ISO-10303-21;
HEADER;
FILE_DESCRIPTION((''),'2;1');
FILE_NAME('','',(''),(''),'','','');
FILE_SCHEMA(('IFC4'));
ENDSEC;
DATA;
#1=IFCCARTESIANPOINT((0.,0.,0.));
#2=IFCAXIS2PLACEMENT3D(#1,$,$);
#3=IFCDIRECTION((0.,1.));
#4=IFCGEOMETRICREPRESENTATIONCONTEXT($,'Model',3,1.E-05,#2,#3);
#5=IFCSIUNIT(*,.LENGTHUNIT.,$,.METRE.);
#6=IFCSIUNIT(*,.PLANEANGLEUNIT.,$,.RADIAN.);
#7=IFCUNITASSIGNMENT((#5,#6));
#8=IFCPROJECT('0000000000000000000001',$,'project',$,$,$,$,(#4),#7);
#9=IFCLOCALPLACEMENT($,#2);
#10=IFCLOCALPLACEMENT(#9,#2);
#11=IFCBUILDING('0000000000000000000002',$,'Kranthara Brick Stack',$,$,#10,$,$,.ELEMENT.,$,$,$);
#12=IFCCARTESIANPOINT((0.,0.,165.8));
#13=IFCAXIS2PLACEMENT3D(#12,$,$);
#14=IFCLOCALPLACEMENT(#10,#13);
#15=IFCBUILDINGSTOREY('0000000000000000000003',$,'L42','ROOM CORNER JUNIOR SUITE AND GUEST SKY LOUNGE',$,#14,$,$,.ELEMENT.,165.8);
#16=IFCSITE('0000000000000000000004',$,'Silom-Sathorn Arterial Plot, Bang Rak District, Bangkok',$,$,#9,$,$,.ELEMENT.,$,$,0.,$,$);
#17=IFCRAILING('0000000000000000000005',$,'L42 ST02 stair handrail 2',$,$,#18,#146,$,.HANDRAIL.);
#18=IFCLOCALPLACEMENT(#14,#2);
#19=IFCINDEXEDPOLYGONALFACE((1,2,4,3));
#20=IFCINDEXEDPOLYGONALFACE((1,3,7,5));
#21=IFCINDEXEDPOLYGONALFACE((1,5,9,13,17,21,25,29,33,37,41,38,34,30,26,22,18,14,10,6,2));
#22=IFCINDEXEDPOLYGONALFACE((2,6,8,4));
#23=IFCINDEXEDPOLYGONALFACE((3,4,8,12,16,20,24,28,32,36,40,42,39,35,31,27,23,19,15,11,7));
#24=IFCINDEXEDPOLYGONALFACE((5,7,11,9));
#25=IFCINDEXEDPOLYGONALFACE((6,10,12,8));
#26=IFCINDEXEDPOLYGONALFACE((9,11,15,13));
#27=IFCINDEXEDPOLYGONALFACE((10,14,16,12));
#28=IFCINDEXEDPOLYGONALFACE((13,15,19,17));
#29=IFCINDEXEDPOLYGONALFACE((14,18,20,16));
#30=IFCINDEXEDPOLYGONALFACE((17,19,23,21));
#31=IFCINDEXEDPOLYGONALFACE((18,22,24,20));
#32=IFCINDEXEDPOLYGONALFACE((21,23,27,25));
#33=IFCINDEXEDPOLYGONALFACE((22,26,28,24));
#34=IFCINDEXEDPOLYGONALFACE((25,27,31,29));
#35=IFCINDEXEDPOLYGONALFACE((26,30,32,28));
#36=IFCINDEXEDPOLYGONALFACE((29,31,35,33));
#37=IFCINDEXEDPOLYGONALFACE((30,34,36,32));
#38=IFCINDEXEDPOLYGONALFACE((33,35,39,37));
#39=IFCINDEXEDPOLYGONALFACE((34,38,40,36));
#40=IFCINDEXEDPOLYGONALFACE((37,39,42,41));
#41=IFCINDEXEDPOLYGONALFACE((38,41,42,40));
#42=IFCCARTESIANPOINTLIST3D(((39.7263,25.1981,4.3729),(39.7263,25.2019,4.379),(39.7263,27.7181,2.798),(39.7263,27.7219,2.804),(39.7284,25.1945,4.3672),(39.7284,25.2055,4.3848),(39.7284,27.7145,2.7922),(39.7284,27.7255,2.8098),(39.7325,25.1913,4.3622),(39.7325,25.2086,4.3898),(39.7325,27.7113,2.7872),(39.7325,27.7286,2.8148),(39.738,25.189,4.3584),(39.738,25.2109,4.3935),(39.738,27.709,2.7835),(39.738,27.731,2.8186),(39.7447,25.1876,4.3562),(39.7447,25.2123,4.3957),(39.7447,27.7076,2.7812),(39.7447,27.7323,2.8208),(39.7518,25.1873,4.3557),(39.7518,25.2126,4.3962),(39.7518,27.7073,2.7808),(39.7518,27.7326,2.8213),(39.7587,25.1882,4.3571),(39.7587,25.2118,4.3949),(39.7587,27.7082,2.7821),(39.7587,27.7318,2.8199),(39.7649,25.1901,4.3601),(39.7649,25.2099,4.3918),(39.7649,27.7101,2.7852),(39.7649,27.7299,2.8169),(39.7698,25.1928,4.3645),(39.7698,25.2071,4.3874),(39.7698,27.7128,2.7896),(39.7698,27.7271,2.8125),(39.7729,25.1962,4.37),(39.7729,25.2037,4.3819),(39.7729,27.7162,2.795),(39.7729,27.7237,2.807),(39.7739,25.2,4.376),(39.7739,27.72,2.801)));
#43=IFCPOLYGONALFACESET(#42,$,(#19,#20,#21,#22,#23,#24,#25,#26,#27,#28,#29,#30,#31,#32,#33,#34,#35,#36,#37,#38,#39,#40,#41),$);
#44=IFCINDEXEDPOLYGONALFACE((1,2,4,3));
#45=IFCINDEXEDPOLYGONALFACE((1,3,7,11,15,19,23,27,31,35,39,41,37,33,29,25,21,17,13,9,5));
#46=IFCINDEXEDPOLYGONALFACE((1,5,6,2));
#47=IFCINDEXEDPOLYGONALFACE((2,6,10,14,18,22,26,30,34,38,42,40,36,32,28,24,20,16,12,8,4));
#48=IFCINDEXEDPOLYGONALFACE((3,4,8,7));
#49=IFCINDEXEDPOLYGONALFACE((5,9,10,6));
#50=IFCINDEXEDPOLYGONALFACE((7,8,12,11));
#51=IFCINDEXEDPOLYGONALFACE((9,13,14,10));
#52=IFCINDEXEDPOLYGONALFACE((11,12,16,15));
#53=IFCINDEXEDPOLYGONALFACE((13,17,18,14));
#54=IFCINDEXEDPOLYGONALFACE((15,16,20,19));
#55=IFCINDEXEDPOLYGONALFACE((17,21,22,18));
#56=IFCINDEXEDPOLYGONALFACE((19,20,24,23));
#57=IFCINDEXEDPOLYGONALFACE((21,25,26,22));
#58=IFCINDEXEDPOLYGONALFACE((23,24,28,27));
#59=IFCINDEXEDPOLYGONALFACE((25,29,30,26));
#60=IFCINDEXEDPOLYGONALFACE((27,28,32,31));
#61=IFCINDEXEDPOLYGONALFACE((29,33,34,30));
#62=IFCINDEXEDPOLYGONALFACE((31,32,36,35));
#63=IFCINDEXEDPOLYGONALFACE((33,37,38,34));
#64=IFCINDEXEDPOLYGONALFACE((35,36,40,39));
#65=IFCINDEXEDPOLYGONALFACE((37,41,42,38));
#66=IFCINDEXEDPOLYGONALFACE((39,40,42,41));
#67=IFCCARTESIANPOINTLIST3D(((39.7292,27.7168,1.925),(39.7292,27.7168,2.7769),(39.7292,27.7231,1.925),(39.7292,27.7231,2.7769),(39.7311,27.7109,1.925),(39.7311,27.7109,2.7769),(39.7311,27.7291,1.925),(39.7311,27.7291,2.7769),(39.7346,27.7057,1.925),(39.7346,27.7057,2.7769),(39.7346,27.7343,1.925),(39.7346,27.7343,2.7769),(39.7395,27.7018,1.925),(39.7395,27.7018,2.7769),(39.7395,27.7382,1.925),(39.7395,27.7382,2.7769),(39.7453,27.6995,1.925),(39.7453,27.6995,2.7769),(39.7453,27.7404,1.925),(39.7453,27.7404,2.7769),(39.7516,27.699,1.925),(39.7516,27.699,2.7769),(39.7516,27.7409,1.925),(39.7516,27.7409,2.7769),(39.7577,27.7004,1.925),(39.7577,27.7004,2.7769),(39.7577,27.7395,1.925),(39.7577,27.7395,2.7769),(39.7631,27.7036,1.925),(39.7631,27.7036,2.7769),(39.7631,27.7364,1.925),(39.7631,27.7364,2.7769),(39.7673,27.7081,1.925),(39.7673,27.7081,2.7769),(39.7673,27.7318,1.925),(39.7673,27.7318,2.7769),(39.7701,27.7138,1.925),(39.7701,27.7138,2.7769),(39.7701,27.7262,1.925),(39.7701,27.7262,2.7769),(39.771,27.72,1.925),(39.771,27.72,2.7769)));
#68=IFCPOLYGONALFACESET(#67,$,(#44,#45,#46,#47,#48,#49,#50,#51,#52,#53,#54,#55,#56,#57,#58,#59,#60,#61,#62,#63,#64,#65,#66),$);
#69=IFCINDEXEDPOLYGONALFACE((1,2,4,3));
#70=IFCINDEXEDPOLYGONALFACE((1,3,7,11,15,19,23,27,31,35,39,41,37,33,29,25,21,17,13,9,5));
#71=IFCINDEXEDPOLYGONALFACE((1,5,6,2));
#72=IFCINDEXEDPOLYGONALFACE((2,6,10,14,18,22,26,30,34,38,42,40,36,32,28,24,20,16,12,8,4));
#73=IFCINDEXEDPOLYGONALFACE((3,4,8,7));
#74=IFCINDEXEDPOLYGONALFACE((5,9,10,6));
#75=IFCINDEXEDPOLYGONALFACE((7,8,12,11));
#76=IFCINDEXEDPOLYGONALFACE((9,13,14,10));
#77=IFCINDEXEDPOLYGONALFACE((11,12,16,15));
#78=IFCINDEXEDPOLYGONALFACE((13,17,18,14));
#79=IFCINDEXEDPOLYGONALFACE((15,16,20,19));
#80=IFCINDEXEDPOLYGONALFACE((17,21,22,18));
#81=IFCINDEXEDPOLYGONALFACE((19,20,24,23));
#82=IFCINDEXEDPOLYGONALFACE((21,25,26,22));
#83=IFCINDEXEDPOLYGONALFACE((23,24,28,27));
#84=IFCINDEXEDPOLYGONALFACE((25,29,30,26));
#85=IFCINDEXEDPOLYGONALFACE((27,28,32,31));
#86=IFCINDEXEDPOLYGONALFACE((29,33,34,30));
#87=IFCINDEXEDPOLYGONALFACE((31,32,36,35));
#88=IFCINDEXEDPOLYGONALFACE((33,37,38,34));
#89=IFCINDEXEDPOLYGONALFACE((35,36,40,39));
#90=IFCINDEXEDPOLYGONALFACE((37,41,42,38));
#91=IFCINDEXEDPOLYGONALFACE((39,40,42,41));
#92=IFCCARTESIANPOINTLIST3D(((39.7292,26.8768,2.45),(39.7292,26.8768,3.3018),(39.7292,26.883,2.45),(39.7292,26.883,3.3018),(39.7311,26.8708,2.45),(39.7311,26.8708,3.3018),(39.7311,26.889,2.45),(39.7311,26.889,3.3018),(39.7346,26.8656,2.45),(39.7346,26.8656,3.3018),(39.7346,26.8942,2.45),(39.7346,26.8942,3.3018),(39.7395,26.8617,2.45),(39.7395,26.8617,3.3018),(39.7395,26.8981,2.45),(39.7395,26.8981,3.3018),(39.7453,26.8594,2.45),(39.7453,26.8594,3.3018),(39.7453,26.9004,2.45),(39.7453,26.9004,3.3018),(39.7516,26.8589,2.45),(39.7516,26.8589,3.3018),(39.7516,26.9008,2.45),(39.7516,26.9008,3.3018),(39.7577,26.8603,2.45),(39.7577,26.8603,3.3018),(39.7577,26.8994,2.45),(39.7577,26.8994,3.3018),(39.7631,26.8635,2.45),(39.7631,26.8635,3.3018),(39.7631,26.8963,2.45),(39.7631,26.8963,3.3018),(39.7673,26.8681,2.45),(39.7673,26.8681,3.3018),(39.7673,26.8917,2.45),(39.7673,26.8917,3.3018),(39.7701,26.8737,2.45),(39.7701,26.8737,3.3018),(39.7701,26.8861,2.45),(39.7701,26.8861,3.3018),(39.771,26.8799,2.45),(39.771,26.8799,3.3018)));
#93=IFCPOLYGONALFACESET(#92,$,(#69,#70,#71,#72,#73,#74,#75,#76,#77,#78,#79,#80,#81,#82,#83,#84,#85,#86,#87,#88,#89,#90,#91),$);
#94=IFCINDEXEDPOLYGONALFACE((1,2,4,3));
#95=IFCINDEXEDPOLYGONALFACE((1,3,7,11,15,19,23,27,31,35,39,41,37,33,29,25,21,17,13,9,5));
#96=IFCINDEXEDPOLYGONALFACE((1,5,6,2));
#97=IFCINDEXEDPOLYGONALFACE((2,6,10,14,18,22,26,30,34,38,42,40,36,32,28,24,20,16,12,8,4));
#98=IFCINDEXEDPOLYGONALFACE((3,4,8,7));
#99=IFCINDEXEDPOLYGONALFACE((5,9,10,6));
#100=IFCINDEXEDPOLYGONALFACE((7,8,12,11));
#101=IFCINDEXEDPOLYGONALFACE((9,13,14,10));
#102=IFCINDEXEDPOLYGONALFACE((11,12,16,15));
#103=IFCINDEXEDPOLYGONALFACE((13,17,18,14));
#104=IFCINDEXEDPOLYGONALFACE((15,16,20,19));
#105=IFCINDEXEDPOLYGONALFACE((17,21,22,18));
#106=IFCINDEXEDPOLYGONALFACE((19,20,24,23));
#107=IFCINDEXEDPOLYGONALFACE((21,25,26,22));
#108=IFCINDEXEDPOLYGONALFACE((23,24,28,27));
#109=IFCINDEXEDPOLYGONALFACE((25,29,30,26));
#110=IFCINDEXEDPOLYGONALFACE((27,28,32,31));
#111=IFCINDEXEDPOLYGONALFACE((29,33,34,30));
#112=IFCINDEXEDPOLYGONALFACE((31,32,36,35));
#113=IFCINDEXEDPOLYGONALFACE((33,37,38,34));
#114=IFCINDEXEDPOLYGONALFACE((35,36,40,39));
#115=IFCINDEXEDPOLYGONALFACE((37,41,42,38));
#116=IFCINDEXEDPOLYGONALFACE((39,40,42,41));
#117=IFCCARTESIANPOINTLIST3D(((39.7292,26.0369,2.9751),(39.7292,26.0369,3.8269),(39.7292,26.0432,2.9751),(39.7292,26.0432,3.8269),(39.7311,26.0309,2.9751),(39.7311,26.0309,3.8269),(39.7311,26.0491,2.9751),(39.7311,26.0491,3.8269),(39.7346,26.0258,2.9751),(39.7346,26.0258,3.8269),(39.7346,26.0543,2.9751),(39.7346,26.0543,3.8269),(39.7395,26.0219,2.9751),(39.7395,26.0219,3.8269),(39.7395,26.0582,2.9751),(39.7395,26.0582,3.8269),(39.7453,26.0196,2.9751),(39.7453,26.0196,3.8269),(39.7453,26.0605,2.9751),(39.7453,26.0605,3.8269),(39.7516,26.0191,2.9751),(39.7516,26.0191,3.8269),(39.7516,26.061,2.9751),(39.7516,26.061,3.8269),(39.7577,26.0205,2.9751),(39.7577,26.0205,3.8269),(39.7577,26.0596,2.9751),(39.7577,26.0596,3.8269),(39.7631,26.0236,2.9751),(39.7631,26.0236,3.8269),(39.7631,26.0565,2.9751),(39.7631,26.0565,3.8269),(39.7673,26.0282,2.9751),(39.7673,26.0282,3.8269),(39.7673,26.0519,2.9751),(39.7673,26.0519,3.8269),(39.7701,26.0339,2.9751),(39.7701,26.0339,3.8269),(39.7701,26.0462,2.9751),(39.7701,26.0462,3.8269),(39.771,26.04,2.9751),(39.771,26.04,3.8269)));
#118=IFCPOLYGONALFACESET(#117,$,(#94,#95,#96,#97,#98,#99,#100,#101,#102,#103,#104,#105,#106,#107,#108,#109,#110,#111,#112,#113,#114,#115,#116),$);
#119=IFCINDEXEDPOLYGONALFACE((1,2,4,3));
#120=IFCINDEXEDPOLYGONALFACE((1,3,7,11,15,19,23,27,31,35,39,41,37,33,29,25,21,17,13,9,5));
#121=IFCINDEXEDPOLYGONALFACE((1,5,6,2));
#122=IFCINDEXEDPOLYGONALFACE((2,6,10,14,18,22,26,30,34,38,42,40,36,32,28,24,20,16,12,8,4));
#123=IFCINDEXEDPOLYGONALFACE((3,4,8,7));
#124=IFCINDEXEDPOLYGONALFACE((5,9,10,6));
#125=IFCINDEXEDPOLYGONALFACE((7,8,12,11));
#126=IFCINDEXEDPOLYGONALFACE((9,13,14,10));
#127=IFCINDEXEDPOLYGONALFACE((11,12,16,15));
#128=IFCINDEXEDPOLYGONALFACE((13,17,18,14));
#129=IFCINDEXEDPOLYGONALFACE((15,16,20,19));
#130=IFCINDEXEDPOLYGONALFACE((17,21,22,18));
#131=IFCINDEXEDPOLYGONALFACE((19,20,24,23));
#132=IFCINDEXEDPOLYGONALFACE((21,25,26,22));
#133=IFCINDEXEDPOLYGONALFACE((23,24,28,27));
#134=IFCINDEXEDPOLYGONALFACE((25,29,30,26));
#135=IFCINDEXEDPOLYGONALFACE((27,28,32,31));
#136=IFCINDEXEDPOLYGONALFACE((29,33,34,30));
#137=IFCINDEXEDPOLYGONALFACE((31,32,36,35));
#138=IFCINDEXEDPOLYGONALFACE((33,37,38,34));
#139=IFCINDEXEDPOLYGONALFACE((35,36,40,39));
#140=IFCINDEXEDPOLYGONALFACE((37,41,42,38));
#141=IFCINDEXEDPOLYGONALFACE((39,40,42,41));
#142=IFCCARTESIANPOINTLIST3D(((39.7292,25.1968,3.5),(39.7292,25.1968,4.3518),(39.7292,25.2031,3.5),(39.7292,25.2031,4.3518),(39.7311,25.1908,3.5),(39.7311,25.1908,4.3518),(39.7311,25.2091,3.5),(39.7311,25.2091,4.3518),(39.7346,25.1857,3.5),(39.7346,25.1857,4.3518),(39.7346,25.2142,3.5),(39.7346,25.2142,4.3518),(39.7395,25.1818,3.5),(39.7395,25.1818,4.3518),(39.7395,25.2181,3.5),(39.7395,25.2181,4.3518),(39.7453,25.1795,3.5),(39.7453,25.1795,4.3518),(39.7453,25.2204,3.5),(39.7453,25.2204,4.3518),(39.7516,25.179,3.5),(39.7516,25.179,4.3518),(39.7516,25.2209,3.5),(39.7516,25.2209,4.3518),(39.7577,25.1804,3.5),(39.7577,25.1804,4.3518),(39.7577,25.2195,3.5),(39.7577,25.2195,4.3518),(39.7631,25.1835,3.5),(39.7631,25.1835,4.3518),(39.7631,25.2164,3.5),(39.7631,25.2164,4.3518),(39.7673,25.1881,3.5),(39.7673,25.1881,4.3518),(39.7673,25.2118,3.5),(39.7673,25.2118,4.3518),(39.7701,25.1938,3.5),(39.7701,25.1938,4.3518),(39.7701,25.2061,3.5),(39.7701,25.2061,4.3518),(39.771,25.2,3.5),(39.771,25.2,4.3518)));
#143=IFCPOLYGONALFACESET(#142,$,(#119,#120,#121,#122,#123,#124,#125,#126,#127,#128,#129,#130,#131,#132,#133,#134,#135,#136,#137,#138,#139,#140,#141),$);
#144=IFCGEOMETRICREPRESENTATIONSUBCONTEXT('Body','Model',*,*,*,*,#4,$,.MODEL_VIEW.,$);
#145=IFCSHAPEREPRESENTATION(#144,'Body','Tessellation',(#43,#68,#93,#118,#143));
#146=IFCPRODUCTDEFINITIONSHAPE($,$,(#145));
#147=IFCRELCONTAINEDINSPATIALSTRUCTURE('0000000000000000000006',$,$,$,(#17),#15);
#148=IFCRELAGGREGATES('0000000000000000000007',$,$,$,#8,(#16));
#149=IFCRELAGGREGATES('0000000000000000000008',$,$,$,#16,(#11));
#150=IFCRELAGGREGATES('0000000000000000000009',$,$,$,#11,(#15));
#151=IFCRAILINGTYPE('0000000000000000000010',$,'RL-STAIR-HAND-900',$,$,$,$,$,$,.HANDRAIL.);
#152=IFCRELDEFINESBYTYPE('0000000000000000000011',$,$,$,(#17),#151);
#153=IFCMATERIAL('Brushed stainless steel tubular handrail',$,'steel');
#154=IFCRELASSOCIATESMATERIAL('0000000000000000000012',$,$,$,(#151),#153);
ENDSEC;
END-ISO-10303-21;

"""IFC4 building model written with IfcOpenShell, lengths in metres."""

from ifc_helpers import new_model, si_unit, direction, frame, origin, origin_2d, place, context, subcontext, project, spatial, circle, extrude, material, type_object, element, save


model = new_model("IFC4")

# Units and contexts
model_context = context("Model", 3, precision=1e-05, world=origin(), true_north=direction((0.0, 1.0)))
body_context = subcontext(model_context, "Body", "Model", "MODEL_VIEW")
ifc_project = project(units=[si_unit("LENGTHUNIT", "METRE"), si_unit("PLANEANGLEUNIT", "RADIAN")], contexts=[model_context])

# Site, building, storey
site_placement = place(None, origin())
site = spatial("IfcSite", under=ifc_project, at=site_placement, Name="Silom-Sathorn Arterial Plot, Bang Rak District, Bangkok", CompositionType="ELEMENT", RefElevation=0.0)
building_placement = place(site_placement, origin())
building = spatial("IfcBuilding", under=site, at=building_placement, Name="Kranthara Brick Stack", CompositionType="ELEMENT")
storey_placement = place(building_placement, frame((0.0, 0.0, 165.8)))
storey = spatial("IfcBuildingStorey", under=building, at=storey_placement, Name="L42", Description="ROOM CORNER JUNIOR SUITE AND GUEST SKY LOUNGE", CompositionType="ELEMENT", Elevation=165.8)

# Railing
ifc_material_1 = material(Name="Brushed stainless steel tubular handrail", Category="steel")
railing_type_1 = type_object("IfcRailingType", Name="RL-STAIR-HAND-900", PredefinedType="HANDRAIL", material=ifc_material_1)
railing_1_placement = place(storey_placement, frame((39.75, 27.72, 1.925)))
element("IfcRailing", 1, at=railing_1_placement, inside=storey, type_object=railing_type_1, Name="L42 ST02 stair handrail 2", PredefinedType="HANDRAIL", context=body_context, shape_type="SweptSolid", body=[
    extrude(circle(Radius=0.0239, at=origin_2d()), frame((0.0, 0.0, 0.876), z_axis=(0.0, -0.848008, 0.529984), x_axis=(1.0, 0.0, 0.0)), (0.0, 0.0, 1.0), 2.9717),
    extrude(circle(Radius=0.021, at=origin_2d()), origin(), (0.0, 0.0, 1.0), 0.8518),
    extrude(circle(Radius=0.021, at=origin_2d()), frame((0.0, -0.8401, 0.5249)), (0.0, 0.0, 1.0), 0.8518),
    extrude(circle(Radius=0.021, at=origin_2d()), frame((0.0, -1.6799, 1.05)), (0.0, 0.0, 1.0), 0.8518),
    extrude(circle(Radius=0.021, at=origin_2d()), frame((0.0, -2.52, 1.575)), (0.0, 0.0, 1.0), 0.8518),
])

save(model, "model.ifc")
